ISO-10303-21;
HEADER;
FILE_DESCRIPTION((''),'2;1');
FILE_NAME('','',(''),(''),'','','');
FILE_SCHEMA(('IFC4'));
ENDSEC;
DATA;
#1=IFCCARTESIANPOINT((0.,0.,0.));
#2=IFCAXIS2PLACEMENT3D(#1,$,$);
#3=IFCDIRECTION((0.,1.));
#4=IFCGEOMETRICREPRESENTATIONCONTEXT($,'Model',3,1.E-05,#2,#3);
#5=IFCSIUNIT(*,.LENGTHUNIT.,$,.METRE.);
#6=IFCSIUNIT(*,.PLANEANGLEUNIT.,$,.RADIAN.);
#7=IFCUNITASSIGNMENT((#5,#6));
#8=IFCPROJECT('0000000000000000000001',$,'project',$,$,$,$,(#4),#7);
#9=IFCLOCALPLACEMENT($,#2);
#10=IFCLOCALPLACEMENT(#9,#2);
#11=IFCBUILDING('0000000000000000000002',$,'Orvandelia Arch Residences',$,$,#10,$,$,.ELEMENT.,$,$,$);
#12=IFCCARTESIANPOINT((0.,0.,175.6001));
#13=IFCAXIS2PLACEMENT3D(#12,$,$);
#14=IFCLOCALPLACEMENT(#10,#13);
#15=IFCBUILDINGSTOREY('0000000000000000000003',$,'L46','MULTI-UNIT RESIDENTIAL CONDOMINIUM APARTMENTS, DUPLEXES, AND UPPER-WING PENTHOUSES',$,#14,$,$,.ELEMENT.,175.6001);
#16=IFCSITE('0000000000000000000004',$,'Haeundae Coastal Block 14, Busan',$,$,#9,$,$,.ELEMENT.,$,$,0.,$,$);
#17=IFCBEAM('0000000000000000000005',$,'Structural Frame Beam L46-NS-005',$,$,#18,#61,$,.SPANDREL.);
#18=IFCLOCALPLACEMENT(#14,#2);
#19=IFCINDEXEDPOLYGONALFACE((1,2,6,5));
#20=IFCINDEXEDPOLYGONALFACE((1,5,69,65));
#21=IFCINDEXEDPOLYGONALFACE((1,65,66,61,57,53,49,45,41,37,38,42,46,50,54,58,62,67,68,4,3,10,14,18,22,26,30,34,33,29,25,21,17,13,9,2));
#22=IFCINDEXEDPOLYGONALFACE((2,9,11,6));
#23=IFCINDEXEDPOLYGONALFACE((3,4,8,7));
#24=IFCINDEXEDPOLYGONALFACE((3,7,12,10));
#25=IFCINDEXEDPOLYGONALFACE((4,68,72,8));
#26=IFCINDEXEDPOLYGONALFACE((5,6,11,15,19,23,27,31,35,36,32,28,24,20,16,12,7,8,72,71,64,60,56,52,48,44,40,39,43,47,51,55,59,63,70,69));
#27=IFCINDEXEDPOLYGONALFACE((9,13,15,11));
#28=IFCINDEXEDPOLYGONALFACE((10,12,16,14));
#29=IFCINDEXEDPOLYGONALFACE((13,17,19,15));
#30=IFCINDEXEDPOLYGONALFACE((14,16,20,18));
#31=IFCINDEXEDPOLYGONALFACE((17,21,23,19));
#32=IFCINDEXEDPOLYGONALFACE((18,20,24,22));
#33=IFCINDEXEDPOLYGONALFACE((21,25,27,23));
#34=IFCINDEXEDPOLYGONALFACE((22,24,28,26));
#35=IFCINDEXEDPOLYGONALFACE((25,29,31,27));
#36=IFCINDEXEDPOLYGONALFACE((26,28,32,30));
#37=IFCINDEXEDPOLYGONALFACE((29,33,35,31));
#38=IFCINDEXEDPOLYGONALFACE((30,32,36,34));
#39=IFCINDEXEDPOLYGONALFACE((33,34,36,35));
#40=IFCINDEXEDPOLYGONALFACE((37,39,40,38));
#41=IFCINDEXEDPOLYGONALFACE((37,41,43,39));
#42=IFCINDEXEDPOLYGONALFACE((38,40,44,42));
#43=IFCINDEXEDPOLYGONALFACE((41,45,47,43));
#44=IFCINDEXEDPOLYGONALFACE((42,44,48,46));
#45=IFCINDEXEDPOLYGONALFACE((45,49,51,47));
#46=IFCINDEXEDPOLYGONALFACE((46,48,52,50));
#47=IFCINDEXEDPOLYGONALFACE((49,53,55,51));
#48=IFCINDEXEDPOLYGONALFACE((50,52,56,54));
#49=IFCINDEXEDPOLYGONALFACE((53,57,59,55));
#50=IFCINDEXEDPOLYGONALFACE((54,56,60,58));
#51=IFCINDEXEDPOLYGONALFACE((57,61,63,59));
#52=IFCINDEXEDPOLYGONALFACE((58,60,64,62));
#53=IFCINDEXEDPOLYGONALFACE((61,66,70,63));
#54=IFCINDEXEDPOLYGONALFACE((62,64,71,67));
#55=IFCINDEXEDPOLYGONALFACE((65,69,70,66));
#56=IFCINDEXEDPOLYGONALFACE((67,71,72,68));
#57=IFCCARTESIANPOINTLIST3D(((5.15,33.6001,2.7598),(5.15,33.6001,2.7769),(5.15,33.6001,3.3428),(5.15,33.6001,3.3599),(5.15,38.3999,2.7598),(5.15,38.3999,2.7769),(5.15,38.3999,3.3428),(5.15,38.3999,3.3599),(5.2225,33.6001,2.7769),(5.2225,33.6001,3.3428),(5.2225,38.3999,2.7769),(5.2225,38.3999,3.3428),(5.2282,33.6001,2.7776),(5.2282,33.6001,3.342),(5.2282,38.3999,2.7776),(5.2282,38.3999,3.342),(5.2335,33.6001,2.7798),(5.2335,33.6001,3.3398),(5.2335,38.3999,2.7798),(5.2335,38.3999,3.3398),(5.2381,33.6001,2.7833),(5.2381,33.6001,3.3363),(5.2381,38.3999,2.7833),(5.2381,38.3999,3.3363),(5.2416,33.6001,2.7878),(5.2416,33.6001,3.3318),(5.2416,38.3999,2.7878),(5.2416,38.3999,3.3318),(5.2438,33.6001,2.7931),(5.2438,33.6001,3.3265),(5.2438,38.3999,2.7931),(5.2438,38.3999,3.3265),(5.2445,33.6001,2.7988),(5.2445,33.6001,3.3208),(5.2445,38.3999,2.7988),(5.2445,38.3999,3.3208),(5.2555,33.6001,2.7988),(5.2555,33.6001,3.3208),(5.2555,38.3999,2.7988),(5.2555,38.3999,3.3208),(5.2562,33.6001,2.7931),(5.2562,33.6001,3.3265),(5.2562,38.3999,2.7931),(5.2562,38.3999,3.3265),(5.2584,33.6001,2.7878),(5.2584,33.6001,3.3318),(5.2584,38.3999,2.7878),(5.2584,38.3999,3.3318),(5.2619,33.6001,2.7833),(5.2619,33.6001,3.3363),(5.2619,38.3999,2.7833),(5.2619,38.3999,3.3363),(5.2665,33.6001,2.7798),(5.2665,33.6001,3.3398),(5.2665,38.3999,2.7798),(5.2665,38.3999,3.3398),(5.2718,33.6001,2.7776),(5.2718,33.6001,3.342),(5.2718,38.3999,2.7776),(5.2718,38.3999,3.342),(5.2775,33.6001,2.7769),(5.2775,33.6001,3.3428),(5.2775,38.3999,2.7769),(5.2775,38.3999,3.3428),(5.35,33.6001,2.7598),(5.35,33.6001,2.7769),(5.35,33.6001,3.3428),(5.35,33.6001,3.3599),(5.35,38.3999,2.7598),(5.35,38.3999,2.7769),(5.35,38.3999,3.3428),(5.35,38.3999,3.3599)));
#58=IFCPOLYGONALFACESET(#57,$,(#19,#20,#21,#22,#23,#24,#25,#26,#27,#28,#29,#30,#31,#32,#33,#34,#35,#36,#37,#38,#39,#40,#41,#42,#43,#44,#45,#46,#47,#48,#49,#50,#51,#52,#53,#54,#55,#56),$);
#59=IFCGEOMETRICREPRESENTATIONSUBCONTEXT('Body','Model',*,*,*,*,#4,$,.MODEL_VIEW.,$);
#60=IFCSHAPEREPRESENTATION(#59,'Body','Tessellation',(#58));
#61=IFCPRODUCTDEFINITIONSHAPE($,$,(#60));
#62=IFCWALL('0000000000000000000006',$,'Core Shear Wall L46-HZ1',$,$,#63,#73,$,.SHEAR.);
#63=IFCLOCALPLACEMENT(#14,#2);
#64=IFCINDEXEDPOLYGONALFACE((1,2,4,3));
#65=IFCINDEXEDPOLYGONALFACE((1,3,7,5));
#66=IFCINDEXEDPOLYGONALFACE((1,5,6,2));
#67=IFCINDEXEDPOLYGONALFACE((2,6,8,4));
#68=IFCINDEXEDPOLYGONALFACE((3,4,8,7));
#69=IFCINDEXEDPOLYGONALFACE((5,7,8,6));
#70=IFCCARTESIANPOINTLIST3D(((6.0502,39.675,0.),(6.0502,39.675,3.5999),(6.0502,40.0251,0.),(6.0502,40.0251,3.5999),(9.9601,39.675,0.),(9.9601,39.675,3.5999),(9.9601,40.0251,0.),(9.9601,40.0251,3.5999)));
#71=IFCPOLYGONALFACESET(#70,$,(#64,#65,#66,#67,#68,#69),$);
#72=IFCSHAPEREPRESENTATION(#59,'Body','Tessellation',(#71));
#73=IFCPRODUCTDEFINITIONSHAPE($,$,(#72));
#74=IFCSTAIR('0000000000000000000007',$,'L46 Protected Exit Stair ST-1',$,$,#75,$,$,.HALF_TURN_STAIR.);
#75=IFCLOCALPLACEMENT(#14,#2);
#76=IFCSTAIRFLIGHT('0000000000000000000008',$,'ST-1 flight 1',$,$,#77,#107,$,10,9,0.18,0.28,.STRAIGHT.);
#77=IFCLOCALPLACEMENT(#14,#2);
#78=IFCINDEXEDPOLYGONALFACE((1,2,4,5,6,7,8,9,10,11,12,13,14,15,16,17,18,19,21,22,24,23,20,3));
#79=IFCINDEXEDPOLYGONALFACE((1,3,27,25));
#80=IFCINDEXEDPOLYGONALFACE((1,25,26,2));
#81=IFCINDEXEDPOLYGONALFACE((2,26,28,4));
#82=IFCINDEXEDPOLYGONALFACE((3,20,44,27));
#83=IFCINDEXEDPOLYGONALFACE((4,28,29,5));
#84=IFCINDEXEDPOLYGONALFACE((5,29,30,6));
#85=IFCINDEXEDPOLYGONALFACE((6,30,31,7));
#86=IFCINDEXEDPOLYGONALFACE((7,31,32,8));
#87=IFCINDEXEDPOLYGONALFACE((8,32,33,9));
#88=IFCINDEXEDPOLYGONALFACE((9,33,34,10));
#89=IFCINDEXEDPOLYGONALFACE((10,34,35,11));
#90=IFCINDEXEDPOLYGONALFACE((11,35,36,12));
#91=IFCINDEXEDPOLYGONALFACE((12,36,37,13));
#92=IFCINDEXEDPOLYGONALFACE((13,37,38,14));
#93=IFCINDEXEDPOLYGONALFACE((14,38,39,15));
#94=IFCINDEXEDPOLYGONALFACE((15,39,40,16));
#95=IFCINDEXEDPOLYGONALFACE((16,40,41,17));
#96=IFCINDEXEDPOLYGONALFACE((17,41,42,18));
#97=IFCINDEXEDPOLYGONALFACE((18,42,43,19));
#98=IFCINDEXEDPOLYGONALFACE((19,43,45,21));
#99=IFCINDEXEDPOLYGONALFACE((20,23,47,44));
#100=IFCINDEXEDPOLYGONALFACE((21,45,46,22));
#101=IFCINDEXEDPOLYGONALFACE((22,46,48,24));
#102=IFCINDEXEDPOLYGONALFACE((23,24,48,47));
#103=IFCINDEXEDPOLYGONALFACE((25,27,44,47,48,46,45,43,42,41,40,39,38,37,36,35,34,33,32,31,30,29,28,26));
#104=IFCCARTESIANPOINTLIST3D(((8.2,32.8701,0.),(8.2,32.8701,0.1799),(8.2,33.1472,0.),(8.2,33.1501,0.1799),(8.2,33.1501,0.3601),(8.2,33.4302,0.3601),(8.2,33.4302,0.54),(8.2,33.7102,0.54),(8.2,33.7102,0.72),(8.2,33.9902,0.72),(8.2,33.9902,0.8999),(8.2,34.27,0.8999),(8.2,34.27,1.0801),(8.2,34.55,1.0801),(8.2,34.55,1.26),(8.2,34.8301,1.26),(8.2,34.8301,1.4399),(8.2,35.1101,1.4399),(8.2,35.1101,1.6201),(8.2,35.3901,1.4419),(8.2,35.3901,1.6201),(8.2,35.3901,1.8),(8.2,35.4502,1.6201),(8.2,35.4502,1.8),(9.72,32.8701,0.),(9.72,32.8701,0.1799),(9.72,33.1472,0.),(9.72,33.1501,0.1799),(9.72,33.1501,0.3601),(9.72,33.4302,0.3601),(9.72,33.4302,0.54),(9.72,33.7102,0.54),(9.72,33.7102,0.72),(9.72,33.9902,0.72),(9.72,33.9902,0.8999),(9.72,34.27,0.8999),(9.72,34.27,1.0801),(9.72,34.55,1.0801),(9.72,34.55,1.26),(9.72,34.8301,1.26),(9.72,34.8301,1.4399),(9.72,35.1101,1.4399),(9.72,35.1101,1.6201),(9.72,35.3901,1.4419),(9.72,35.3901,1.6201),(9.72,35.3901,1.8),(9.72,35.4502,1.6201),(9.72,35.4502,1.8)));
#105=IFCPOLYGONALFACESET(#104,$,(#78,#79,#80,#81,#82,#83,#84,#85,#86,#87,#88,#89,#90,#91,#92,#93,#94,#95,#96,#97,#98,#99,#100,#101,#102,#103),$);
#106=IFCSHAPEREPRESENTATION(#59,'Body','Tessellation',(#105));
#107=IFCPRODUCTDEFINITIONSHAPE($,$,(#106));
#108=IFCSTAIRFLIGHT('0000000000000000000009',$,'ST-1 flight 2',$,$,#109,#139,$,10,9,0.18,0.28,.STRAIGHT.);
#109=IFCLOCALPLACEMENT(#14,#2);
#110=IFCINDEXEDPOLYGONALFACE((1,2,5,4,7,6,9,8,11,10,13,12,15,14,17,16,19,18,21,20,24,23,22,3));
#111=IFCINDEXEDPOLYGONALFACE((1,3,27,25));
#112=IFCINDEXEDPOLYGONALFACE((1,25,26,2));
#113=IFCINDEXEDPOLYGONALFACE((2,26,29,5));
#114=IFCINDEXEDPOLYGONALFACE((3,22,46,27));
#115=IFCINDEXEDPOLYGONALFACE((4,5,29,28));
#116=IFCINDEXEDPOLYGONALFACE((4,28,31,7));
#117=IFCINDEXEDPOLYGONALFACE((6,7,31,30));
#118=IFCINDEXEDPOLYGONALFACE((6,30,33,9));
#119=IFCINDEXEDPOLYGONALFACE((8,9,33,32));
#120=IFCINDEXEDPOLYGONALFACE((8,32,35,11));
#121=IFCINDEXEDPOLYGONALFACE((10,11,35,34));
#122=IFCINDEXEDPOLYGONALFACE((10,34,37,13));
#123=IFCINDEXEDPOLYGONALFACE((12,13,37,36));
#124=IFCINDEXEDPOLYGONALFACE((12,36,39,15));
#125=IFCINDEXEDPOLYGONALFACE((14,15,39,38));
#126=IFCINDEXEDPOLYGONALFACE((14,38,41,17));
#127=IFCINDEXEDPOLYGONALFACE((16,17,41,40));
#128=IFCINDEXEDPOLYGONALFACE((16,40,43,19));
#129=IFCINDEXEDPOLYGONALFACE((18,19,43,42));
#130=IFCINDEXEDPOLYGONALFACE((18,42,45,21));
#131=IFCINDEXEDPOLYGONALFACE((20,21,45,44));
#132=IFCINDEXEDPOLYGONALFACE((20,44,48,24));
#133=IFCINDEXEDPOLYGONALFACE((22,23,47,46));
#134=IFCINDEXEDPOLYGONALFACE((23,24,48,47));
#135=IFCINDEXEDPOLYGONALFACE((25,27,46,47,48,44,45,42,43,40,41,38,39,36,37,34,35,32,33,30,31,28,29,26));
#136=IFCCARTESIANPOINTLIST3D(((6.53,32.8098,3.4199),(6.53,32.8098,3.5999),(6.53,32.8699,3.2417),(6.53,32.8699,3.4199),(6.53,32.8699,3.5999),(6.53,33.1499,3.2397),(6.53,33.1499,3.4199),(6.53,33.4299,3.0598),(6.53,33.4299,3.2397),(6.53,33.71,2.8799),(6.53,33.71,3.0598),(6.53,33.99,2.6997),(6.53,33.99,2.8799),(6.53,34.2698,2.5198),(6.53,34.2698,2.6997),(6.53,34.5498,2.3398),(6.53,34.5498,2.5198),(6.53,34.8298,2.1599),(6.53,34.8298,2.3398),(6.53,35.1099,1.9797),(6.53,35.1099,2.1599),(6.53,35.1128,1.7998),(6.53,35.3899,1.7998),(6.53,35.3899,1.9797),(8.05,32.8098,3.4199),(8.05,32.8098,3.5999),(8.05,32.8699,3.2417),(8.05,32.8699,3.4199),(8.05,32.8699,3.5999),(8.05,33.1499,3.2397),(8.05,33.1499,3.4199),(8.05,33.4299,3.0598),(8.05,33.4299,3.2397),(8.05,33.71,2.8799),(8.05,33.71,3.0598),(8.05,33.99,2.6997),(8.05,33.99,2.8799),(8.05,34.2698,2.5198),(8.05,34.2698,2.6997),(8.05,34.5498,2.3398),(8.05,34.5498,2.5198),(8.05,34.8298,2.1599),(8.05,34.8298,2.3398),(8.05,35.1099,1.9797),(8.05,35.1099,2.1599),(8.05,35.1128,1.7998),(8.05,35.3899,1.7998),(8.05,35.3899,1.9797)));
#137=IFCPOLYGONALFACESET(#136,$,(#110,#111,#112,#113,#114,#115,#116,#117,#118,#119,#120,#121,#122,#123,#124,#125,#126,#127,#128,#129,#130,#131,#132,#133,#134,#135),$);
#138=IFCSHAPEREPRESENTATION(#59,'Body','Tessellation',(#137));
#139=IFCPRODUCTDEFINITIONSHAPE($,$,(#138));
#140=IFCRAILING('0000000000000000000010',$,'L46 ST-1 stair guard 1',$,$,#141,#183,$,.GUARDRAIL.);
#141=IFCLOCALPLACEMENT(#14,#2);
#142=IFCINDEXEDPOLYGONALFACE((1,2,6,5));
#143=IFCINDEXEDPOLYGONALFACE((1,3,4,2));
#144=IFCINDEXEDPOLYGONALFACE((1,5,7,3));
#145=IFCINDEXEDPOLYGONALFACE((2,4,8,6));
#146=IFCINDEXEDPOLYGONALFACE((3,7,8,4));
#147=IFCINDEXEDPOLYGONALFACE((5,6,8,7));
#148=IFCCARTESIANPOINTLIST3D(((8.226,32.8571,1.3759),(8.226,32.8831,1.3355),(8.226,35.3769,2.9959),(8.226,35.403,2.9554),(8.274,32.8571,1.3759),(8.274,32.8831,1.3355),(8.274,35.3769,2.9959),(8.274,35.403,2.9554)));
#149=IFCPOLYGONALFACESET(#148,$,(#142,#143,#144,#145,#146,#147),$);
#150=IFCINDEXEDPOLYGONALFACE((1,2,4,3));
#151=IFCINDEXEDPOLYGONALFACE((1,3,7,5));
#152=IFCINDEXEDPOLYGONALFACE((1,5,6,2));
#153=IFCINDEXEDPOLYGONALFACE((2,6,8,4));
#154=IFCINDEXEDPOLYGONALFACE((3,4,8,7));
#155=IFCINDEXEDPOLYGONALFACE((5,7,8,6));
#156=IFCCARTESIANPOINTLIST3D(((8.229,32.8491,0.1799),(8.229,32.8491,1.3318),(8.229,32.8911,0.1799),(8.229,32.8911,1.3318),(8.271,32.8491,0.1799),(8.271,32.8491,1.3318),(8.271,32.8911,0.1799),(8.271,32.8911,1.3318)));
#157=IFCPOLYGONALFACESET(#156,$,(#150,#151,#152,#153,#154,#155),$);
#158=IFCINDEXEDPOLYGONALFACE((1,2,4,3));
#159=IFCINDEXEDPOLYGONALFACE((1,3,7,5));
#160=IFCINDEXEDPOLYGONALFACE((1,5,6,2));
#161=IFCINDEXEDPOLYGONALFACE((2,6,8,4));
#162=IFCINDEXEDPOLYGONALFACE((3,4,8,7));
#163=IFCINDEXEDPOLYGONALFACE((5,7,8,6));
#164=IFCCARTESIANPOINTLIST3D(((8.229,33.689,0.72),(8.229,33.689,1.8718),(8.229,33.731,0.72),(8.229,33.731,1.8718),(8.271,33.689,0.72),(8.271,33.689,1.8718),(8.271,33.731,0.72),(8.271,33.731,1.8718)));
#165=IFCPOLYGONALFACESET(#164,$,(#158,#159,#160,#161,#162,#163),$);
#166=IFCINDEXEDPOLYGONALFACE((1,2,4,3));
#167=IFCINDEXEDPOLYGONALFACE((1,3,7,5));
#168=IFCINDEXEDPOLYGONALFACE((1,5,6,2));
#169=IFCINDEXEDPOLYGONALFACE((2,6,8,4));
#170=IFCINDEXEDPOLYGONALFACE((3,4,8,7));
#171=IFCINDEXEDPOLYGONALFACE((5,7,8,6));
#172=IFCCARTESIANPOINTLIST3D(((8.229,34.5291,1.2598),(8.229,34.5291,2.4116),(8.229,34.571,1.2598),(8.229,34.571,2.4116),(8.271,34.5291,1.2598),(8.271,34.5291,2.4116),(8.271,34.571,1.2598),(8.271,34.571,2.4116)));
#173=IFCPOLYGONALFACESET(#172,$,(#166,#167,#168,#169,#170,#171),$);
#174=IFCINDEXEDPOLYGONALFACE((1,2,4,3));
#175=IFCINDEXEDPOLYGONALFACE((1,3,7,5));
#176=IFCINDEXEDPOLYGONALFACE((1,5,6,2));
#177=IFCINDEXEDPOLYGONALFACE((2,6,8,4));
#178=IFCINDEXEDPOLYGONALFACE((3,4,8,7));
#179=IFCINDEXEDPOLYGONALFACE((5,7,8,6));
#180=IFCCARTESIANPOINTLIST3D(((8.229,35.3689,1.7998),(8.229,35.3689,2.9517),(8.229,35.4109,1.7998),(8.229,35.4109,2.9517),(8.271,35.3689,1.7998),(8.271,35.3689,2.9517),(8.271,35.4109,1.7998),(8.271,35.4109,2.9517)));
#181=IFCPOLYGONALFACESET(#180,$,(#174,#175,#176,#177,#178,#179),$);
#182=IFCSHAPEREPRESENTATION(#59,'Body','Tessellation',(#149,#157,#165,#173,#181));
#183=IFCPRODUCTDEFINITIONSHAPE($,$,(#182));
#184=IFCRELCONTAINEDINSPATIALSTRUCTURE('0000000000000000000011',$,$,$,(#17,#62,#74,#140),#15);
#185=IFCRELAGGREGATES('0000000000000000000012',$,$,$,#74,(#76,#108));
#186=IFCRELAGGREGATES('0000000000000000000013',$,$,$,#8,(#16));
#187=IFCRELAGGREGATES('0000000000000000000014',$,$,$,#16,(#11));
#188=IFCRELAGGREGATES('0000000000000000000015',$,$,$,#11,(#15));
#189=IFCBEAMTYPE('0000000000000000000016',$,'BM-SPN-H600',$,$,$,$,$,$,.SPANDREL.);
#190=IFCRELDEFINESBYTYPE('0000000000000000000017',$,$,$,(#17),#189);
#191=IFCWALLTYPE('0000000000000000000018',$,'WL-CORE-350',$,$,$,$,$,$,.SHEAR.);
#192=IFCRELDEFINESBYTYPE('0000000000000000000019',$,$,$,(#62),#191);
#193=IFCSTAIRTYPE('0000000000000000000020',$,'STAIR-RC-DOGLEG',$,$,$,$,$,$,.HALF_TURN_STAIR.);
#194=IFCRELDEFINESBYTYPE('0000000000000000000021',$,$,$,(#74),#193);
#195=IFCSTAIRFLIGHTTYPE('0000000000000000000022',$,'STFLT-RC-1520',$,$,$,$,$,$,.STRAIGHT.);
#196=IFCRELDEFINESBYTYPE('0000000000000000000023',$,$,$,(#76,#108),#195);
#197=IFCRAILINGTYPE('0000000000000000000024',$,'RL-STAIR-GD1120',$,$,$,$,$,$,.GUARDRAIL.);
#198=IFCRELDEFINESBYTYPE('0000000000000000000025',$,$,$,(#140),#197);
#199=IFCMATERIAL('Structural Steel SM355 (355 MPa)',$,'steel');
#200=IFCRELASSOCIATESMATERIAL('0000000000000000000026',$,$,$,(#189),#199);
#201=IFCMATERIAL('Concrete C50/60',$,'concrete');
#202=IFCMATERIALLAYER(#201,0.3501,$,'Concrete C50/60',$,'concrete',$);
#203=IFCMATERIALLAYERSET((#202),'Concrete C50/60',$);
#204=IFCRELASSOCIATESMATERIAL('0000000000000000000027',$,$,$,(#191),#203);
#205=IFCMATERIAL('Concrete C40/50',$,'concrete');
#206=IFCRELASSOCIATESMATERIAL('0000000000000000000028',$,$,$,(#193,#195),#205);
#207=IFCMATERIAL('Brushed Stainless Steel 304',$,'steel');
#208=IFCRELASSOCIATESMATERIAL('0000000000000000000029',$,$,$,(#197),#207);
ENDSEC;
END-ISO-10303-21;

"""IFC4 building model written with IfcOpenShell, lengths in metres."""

from ifc_helpers import new_model, si_unit, direction, frame, frame_2d, origin, origin_2d, place, context, subcontext, project, spatial, polyline, rectangle, i_section, outline, extrude, material, layer, layer_set, material_profile, profile_set, type_object, element, aggregate, save


model = new_model("IFC4")

# Units and contexts
model_context = context("Model", 3, precision=1e-05, world=origin(), true_north=direction((0.0, 1.0)))
body_context = subcontext(model_context, "Body", "Model", "MODEL_VIEW")
ifc_project = project(units=[si_unit("LENGTHUNIT", "METRE"), si_unit("PLANEANGLEUNIT", "RADIAN")], contexts=[model_context])

# Site, building, storey
site_placement = place(None, origin())
site = spatial("IfcSite", under=ifc_project, at=site_placement, Name="Haeundae Coastal Block 14, Busan", CompositionType="ELEMENT", RefElevation=0.0)
building_placement = place(site_placement, origin())
building = spatial("IfcBuilding", under=site, at=building_placement, Name="Orvandelia Arch Residences", CompositionType="ELEMENT")
storey_placement = place(building_placement, frame((0.0, 0.0, 175.6001)))
storey = spatial("IfcBuildingStorey", under=building, at=storey_placement, Name="L46", Description="MULTI-UNIT RESIDENTIAL CONDOMINIUM APARTMENTS, DUPLEXES, AND UPPER-WING PENTHOUSES", CompositionType="ELEMENT", Elevation=175.6001)

# Beam
ifc_material_1 = material(Name="Structural Steel SM355 (355 MPa)", Category="steel")
ifc_material_profile_1 = material_profile(ifc_material_1, i_section(OverallWidth=0.2, OverallDepth=0.6001, WebThickness=0.011, FlangeThickness=0.0171, FilletRadius=0.022, at=origin_2d()), Name="Structural Steel SM355 (355 MPa)", Category="steel")
ifc_profile_set_1 = profile_set([ifc_material_profile_1], Name="Structural Steel SM355 (355 MPa)")
beam_type_1 = type_object("IfcBeamType", Name="BM-SPN-H600", PredefinedType="SPANDREL", material=ifc_profile_set_1)
beam_1_placement = place(storey_placement, frame((5.25, 33.6001, 3.0598), z_axis=(0.0, 1.0, 0.0), x_axis=(-1.0, 0.0, 0.0)))
element("IfcBeam", 1, at=beam_1_placement, inside=storey, type_object=beam_type_1, Name="Structural Frame Beam L46-NS-005", PredefinedType="SPANDREL", context=body_context, shape_type="SweptSolid", body=[
    extrude(i_section(OverallWidth=0.2, OverallDepth=0.6001, WebThickness=0.011, FlangeThickness=0.0171, FilletRadius=0.022, at=origin_2d()), origin(), (0.0, 0.0, 1.0), 4.7998),
])

# Wall
ifc_material_2 = material(Name="Concrete C50/60", Category="concrete")
ifc_layer_1 = layer(ifc_material_2, 0.3501, Name="Concrete C50/60", Category="concrete")
ifc_layer_set_1 = layer_set([ifc_layer_1], Name="Concrete C50/60")
wall_type_1 = type_object("IfcWallType", Name="WL-CORE-350", PredefinedType="SHEAR", material=ifc_layer_set_1)
wall_1_placement = place(storey_placement, frame((6.05, 39.8501, 0.0), z_axis=(0.0, 0.0, 1.0), x_axis=(1.0, 0.0, 0.0)))
element("IfcWall", 2, at=wall_1_placement, inside=storey, type_object=wall_type_1, Name="Core Shear Wall L46-HZ1", PredefinedType="SHEAR", context=body_context, shape_type="SweptSolid", body=[
    extrude(rectangle(XDim=3.9099, YDim=0.3501, at=frame_2d((1.9551, 0.0))), origin(), (0.0, 0.0, 1.0), 3.5999),
])

# Stair, stair flights
ifc_material_3 = material(Name="Concrete C40/50", Category="concrete")
stair_type = type_object("IfcStairType", Name="STAIR-RC-DOGLEG", PredefinedType="HALF_TURN_STAIR", material=ifc_material_3)
stair_placement = place(storey_placement, origin())
stair = element("IfcStair", 3, at=stair_placement, inside=storey, type_object=stair_type, Name="L46 Protected Exit Stair ST-1", PredefinedType="HALF_TURN_STAIR")
stair_flight_type = type_object("IfcStairFlightType", Name="STFLT-RC-1520", PredefinedType="STRAIGHT", material=ifc_material_3)
stair_flight_1_placement = place(storey_placement, frame((8.96, 32.8701, 0.0), z_axis=(0.0, 0.0, 1.0), x_axis=(0.0, 1.0, 0.0)))
stair_flight_1 = element("IfcStairFlight", 4, at=stair_flight_1_placement, type_object=stair_flight_type, Name="ST-1 flight 1", NumberOfRisers=10, NumberOfTreads=9, PredefinedType="STRAIGHT", RiserHeight=0.18, TreadLength=0.28, context=body_context, shape_type="SweptSolid", body=[
    extrude(outline(polyline([(0.0, 0.0), (0.0, 0.1799), (0.28, 0.1799), (0.28, 0.3601), (0.5601, 0.3601), (0.5601, 0.54), (0.8401, 0.54), (0.8401, 0.72), (1.1201, 0.72), (1.1201, 0.8999), (1.3999, 0.8999), (1.3999, 1.0801), (1.6799, 1.0801), (1.6799, 1.26), (1.96, 1.26), (1.96, 1.4399), (2.24, 1.4399), (2.24, 1.6201), (2.52, 1.6201), (2.52, 1.8), (2.5801, 1.8), (2.5801, 1.6201), (2.52, 1.4419), (0.2771, 0.0), (0.0, 0.0)])), frame((0.0, 0.76, 0.0), z_axis=(0.0, -1.0, 0.0), x_axis=(1.0, 0.0, 0.0)), (0.0, 0.0, 1.0), 1.52),
])
stair_flight_2_placement = place(storey_placement, frame((7.29, 35.3899, 1.7998), z_axis=(0.0, 0.0, 1.0), x_axis=(0.0, -1.0, 0.0)))
stair_flight_2 = element("IfcStairFlight", 5, at=stair_flight_2_placement, type_object=stair_flight_type, Name="ST-1 flight 2", NumberOfRisers=10, NumberOfTreads=9, PredefinedType="STRAIGHT", RiserHeight=0.18, TreadLength=0.28, context=body_context, shape_type="SweptSolid", body=[
    extrude(outline(polyline([(0.0, 0.0), (0.0, 0.1799), (0.28, 0.1799), (0.28, 0.3601), (0.5601, 0.3601), (0.5601, 0.54), (0.8401, 0.54), (0.8401, 0.72), (1.1201, 0.72), (1.1201, 0.8999), (1.3999, 0.8999), (1.3999, 1.0801), (1.6799, 1.0801), (1.6799, 1.26), (1.96, 1.26), (1.96, 1.4399), (2.24, 1.4399), (2.24, 1.6201), (2.52, 1.6201), (2.52, 1.8), (2.5801, 1.8), (2.5801, 1.6201), (2.52, 1.4419), (0.2771, 0.0), (0.0, 0.0)])), frame((0.0, 0.76, 0.0), z_axis=(0.0, -1.0, 0.0), x_axis=(1.0, 0.0, 0.0)), (0.0, 0.0, 1.0), 1.52),
])
aggregate(stair, [stair_flight_1, stair_flight_2])

# Railing
ifc_material_4 = material(Name="Brushed Stainless Steel 304", Category="steel")
railing_type_1 = type_object("IfcRailingType", Name="RL-STAIR-GD1120", PredefinedType="GUARDRAIL", material=ifc_material_4)
railing_1_placement = place(storey_placement, frame((8.25, 32.8701, 0.1799)))
element("IfcRailing", 6, at=railing_1_placement, inside=storey, type_object=railing_type_1, Name="L46 ST-1 stair guard 1", PredefinedType="GUARDRAIL", context=body_context, shape_type="SweptSolid", body=[
    extrude(rectangle(XDim=0.0481, YDim=0.0481, at=origin_2d()), frame((0.0, 0.0, 1.1758), z_axis=(0.0, 0.841176, 0.540762), x_axis=(-1.0, 0.0, 0.0)), (0.0, 0.0, 1.0), 2.9956),
    extrude(rectangle(XDim=0.042, YDim=0.042, at=origin_2d()), origin(), (0.0, 0.0, 1.0), 1.1519),
    extrude(rectangle(XDim=0.042, YDim=0.042, at=origin_2d()), frame((0.0, 0.8398, 0.54)), (0.0, 0.0, 1.0), 1.1519),
    extrude(rectangle(XDim=0.042, YDim=0.042, at=origin_2d()), frame((0.0, 1.6799, 1.0798)), (0.0, 0.0, 1.0), 1.1519),
    extrude(rectangle(XDim=0.042, YDim=0.042, at=origin_2d()), frame((0.0, 2.5198, 1.6199)), (0.0, 0.0, 1.0), 1.1519),
])

save(model, "model.ifc")
